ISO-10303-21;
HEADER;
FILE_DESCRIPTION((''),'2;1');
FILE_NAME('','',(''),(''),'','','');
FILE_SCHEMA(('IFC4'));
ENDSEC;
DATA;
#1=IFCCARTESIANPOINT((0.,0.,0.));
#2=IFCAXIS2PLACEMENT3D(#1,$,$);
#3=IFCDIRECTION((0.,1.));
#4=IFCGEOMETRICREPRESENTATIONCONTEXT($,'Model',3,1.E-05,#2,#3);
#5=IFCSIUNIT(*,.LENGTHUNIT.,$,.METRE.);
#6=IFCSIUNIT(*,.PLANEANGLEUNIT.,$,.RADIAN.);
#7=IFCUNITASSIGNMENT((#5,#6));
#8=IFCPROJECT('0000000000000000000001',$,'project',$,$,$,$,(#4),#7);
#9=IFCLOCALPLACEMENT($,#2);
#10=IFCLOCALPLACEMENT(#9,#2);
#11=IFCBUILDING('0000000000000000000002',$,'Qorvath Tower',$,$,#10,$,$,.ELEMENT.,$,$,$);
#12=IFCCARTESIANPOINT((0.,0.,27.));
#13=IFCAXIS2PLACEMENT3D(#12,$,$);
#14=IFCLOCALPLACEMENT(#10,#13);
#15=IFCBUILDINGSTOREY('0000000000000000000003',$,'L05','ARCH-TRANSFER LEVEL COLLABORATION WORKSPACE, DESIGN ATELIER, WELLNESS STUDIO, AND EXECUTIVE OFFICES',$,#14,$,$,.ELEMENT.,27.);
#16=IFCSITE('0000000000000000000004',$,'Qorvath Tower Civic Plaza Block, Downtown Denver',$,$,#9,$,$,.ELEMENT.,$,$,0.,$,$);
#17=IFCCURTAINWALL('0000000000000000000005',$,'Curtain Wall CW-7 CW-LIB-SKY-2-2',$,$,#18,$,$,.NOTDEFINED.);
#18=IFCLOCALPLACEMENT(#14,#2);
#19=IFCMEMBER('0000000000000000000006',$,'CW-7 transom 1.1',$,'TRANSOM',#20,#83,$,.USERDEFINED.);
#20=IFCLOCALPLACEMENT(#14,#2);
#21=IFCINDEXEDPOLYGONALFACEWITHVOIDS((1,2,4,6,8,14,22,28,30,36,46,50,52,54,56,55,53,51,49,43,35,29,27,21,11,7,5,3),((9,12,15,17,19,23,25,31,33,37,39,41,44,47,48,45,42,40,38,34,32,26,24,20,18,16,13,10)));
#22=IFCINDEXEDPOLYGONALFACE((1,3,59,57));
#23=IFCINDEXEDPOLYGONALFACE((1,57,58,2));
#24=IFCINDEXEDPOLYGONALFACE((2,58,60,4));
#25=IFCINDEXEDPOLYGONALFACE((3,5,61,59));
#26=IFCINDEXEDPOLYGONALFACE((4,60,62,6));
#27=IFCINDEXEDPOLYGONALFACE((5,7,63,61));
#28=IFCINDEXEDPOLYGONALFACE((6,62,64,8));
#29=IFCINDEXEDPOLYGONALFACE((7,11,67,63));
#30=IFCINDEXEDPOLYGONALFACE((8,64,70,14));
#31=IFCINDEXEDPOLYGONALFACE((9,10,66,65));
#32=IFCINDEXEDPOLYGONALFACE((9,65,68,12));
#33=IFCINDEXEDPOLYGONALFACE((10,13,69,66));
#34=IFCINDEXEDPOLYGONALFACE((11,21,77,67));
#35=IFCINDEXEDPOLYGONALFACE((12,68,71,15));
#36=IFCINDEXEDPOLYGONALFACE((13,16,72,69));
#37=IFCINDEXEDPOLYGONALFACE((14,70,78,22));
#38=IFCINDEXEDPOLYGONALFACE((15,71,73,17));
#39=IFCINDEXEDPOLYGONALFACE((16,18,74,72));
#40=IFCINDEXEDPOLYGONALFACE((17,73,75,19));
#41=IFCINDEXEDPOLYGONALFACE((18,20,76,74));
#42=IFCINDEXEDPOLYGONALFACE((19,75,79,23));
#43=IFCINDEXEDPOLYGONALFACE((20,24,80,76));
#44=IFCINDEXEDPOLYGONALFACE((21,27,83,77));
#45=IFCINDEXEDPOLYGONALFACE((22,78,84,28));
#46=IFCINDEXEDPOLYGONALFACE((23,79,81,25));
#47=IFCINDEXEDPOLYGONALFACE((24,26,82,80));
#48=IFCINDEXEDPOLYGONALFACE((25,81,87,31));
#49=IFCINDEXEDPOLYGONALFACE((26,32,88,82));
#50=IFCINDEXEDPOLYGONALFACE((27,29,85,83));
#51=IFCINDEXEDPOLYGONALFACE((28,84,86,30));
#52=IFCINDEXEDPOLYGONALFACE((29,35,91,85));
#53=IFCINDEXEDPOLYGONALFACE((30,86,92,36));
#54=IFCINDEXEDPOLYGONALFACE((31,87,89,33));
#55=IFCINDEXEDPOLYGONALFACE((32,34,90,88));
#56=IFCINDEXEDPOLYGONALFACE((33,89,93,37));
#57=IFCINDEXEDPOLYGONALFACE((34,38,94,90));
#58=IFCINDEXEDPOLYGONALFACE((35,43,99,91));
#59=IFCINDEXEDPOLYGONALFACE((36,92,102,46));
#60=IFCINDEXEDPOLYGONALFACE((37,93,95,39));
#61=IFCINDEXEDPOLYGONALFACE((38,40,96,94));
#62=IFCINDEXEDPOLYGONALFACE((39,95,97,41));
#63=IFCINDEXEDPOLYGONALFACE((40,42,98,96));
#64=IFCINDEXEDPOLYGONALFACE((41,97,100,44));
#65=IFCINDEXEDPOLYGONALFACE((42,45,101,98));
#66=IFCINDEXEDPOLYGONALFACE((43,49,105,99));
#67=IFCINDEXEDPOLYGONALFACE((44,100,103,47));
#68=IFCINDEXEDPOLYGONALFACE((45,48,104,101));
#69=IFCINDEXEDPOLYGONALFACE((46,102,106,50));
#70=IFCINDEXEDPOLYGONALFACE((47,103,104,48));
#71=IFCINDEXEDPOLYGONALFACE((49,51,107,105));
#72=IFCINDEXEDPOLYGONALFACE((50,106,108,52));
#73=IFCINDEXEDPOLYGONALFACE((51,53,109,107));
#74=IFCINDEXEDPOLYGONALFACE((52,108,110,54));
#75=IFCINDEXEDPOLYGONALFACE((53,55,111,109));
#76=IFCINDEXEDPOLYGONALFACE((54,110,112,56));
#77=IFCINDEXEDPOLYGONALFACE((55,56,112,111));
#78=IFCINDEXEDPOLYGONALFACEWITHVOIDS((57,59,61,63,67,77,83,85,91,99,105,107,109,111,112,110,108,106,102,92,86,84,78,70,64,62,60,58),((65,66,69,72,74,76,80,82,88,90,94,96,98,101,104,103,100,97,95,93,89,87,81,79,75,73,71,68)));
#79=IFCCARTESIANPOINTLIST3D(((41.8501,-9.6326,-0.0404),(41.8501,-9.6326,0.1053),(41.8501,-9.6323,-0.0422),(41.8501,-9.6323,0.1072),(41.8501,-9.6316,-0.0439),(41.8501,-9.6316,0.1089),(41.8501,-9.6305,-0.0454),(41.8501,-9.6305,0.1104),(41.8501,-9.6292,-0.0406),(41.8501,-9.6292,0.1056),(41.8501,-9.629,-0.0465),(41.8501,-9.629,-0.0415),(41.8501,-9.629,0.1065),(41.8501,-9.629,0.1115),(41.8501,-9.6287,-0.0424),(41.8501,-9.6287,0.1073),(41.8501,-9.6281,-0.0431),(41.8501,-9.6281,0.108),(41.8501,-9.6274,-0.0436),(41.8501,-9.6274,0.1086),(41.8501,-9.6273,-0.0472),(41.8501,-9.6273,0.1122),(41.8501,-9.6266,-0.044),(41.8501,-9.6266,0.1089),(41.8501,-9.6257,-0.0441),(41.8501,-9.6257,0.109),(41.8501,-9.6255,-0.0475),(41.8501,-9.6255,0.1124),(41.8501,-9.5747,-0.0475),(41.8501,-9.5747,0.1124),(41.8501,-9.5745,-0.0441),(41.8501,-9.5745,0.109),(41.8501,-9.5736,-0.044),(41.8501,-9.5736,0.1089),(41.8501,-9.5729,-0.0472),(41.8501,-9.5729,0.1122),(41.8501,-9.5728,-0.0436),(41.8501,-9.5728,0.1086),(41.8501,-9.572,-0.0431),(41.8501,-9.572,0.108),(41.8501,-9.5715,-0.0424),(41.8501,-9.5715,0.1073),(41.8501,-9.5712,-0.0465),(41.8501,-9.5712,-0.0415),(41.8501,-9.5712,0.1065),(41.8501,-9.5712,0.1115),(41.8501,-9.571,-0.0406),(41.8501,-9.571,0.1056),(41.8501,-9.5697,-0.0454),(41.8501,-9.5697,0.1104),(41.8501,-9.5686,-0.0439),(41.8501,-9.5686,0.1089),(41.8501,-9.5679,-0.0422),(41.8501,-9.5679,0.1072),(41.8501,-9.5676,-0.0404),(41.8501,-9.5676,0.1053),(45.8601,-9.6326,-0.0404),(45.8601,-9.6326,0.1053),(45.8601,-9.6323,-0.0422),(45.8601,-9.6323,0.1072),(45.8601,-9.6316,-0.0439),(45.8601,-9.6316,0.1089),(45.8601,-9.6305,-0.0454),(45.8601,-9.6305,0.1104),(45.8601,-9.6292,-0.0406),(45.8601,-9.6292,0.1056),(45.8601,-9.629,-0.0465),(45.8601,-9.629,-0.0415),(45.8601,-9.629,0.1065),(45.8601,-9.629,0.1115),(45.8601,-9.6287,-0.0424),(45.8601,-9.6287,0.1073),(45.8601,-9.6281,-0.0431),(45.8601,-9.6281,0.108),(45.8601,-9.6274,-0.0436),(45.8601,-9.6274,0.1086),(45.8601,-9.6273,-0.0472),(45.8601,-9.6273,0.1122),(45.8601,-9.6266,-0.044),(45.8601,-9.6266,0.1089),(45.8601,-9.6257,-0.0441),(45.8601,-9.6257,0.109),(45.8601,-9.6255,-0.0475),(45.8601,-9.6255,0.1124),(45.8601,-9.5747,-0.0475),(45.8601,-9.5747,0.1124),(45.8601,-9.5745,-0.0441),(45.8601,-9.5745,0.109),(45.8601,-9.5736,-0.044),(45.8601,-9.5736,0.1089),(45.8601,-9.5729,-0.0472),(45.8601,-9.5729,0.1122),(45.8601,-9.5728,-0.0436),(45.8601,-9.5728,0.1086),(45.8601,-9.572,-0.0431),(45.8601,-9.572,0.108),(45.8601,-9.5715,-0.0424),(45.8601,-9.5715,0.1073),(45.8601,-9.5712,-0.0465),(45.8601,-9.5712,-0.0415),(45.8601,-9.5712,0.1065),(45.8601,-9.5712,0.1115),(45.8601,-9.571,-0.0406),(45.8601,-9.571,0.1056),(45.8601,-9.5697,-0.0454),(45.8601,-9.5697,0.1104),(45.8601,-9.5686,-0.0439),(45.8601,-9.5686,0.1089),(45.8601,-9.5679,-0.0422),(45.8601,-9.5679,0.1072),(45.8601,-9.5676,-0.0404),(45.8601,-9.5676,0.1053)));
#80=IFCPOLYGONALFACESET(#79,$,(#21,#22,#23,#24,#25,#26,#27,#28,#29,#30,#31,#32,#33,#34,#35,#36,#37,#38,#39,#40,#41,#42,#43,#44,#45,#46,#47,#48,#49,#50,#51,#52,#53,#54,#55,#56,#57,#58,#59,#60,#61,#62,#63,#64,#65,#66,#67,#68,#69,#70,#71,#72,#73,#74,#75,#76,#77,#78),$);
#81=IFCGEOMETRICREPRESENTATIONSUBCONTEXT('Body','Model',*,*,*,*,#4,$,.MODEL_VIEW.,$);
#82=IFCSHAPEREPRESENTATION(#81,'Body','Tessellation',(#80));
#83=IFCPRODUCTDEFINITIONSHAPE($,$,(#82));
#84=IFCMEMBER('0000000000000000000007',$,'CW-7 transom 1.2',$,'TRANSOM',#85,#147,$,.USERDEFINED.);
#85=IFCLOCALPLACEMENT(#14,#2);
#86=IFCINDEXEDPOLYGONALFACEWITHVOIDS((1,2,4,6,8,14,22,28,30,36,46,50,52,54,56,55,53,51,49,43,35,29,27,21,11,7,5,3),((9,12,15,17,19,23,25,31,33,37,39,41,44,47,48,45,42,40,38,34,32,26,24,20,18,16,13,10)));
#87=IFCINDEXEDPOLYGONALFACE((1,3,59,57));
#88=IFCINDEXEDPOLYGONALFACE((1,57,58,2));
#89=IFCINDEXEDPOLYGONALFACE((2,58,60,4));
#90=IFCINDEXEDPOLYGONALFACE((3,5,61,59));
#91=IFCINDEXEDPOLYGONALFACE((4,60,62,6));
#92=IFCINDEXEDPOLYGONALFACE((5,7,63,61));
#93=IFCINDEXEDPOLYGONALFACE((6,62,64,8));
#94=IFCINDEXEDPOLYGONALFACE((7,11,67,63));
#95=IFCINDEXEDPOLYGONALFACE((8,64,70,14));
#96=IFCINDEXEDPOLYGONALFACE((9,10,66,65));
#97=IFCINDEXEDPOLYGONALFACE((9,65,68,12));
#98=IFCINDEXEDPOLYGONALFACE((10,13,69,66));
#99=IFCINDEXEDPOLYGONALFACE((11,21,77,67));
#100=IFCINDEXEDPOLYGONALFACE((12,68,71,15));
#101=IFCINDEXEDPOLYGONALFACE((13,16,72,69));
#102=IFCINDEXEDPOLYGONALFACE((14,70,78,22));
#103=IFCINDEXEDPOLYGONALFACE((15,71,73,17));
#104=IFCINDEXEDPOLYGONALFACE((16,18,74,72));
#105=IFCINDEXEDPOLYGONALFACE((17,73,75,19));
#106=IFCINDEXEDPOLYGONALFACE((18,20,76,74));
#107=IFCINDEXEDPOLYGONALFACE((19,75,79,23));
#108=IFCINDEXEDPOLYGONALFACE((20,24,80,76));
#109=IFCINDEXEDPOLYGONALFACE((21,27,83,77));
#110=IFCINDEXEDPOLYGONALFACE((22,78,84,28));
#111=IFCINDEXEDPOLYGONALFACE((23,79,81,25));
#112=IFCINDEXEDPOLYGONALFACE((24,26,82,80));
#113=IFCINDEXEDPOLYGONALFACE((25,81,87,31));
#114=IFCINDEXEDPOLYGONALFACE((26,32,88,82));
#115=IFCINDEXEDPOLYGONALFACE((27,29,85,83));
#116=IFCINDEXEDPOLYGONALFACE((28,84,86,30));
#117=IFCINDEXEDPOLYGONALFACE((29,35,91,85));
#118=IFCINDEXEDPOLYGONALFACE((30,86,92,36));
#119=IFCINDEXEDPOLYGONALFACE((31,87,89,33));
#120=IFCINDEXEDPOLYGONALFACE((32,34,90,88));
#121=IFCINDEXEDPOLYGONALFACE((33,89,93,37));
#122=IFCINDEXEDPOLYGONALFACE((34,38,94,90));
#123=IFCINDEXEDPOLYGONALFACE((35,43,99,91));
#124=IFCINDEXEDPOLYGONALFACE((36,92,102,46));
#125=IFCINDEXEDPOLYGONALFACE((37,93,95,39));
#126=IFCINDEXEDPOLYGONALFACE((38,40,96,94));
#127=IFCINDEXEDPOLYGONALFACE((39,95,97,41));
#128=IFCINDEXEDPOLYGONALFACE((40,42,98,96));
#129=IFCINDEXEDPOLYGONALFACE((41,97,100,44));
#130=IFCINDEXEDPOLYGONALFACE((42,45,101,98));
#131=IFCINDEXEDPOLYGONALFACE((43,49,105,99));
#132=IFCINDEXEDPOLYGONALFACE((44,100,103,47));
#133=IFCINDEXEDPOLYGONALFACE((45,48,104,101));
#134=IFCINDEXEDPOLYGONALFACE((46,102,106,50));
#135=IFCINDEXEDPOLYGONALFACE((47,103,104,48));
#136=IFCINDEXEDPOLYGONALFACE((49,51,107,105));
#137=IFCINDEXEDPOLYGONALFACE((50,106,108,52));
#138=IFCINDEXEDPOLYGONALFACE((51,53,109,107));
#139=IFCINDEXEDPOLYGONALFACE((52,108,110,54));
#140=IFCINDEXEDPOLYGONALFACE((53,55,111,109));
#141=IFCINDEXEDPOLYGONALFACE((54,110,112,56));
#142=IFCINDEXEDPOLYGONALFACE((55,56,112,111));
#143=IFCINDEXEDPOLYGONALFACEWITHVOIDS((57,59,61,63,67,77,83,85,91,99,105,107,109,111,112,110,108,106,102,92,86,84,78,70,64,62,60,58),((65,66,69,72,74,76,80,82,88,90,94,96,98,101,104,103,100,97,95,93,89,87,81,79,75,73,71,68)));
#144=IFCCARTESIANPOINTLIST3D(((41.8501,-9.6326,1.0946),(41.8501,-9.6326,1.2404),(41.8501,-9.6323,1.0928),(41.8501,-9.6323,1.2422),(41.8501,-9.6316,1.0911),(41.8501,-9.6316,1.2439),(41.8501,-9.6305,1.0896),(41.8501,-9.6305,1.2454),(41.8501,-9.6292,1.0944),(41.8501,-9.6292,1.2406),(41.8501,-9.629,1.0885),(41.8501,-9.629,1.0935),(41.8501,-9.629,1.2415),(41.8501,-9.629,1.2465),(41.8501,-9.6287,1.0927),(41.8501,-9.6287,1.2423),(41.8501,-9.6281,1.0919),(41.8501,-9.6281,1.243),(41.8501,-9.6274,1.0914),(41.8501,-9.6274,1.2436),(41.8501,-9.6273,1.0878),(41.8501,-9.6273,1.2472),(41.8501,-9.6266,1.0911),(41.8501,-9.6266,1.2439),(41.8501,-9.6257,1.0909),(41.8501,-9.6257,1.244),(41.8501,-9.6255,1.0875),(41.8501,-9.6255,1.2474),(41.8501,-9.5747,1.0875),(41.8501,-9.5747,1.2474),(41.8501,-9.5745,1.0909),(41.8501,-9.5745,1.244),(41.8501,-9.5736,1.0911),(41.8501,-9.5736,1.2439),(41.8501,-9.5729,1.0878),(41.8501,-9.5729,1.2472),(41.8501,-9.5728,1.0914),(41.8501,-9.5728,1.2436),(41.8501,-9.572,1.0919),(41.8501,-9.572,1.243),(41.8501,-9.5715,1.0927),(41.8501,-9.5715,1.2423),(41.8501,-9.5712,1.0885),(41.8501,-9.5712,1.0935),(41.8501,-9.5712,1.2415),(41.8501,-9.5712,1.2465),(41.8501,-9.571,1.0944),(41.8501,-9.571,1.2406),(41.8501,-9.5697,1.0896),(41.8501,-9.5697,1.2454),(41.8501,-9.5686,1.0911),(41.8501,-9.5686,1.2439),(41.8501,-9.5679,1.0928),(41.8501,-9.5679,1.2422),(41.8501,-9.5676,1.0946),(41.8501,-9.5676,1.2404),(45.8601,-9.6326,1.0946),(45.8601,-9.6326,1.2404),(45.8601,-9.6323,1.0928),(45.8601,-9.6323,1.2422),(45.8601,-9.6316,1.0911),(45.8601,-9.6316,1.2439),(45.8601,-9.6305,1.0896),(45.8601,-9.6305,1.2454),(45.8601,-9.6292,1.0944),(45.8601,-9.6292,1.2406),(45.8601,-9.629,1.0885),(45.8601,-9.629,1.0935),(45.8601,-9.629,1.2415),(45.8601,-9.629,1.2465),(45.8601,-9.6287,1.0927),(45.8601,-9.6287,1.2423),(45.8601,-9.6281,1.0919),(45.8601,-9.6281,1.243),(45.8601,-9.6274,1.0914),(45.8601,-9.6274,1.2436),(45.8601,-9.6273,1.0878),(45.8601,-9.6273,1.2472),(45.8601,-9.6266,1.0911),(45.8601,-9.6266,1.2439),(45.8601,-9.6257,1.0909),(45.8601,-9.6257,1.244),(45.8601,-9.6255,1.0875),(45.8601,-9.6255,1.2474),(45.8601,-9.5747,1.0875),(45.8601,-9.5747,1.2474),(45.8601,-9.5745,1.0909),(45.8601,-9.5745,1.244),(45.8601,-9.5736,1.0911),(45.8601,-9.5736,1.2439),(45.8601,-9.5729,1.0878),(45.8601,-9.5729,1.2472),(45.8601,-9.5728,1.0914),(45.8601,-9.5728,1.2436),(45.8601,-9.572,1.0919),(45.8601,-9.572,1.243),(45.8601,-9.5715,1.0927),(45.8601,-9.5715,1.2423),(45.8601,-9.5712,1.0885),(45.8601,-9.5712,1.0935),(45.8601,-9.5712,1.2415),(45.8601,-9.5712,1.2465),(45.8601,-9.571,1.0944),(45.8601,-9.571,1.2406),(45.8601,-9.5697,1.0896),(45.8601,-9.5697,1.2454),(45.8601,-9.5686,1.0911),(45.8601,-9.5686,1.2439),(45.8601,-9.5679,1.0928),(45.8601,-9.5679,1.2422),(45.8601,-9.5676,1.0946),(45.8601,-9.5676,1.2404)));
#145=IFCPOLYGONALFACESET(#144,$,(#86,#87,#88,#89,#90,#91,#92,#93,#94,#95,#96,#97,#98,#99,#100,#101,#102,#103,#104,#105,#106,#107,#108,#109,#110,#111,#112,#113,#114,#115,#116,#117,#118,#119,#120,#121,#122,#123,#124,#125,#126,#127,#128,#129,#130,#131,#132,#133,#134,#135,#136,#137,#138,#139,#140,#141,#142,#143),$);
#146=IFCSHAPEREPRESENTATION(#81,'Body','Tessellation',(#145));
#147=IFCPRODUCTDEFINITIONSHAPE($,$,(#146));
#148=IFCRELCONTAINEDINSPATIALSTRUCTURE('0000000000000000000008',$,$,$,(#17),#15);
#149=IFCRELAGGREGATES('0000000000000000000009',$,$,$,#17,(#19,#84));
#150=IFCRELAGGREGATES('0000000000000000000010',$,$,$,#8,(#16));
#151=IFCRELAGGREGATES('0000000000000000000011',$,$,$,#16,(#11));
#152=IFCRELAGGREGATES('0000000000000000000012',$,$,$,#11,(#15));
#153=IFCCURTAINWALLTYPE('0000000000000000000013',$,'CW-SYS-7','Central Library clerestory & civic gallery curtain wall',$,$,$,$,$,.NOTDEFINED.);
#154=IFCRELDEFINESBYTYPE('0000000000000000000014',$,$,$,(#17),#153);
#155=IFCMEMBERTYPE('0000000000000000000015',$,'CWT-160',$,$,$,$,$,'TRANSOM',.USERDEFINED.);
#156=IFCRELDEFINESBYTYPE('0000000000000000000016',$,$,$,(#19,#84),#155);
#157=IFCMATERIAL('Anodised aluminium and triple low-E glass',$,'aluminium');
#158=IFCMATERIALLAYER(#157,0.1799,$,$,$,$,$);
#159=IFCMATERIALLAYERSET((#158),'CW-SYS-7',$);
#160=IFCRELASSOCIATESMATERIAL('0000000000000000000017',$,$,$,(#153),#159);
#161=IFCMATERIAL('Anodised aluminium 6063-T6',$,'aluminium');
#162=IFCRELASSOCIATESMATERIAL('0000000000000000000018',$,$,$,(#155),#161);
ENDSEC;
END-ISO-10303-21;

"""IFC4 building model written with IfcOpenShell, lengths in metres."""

from ifc_helpers import new_model, si_unit, direction, frame, origin, origin_2d, place, context, subcontext, project, spatial, hollow_rectangle, extrude, material, layer, layer_set, material_profile, profile_set, type_object, element, aggregate, save


model = new_model("IFC4")

# Units and contexts
model_context = context("Model", 3, precision=1e-05, world=origin(), true_north=direction((0.0, 1.0)))
body_context = subcontext(model_context, "Body", "Model", "MODEL_VIEW")
ifc_project = project(units=[si_unit("LENGTHUNIT", "METRE"), si_unit("PLANEANGLEUNIT", "RADIAN")], contexts=[model_context])

# Site, building, storey
site_placement = place(None, origin())
site = spatial("IfcSite", under=ifc_project, at=site_placement, Name="Qorvath Tower Civic Plaza Block, Downtown Denver", CompositionType="ELEMENT", RefElevation=0.0)
building_placement = place(site_placement, origin())
building = spatial("IfcBuilding", under=site, at=building_placement, Name="Qorvath Tower", CompositionType="ELEMENT")
storey_placement = place(building_placement, frame((0.0, 0.0, 27.0)))
storey = spatial("IfcBuildingStorey", under=building, at=storey_placement, Name="L05", Description="ARCH-TRANSFER LEVEL COLLABORATION WORKSPACE, DESIGN ATELIER, WELLNESS STUDIO, AND EXECUTIVE OFFICES", CompositionType="ELEMENT", Elevation=27.0)

# Curtain wall
ifc_material_1 = material(Name="Anodised aluminium and triple low-E glass", Category="aluminium")
ifc_layer_1 = layer(ifc_material_1, 0.1799)
ifc_layer_set_1 = layer_set([ifc_layer_1], Name="CW-SYS-7")
curtain_wall_type = type_object("IfcCurtainWallType", Name="CW-SYS-7", Description="Central Library clerestory & civic gallery curtain wall", PredefinedType="NOTDEFINED", material=ifc_layer_set_1)
curtain_wall_1_placement = place(storey_placement, origin())
curtain_wall_1 = element("IfcCurtainWall", 1, at=curtain_wall_1_placement, inside=storey, type_object=curtain_wall_type, Name="Curtain Wall CW-7 CW-LIB-SKY-2-2", PredefinedType="NOTDEFINED")

# Members
ifc_material_2 = material(Name="Anodised aluminium 6063-T6", Category="aluminium")
ifc_material_profile_1 = material_profile(ifc_material_2, hollow_rectangle(XDim=0.0649, YDim=0.1599, WallThickness=0.0034, InnerFilletRadius=0.0034, OuterFilletRadius=0.0071, at=origin_2d()), Name="CWT 160x65")
ifc_profile_set_1 = profile_set([ifc_material_profile_1], Name="Anodised aluminium 6063-T6")
member_type_1 = type_object("IfcMemberType", Name="CWT-160", ElementType="TRANSOM", PredefinedType="USERDEFINED", material=ifc_profile_set_1)
member_1_placement = place(storey_placement, frame((41.8501, -9.6001, 0.0325), z_axis=(1.0, 0.0, 0.0), x_axis=(0.0, 1.0, 0.0)))
member_1 = element("IfcMember", 2, at=member_1_placement, type_object=member_type_1, Name="CW-7 transom 1.1", ObjectType="TRANSOM", PredefinedType="USERDEFINED", context=body_context, shape_type="SweptSolid", body=[
    extrude(hollow_rectangle(XDim=0.0649, YDim=0.1599, WallThickness=0.0034, InnerFilletRadius=0.0034, OuterFilletRadius=0.0071, at=origin_2d()), origin(), (0.0, 0.0, 1.0), 4.01),
])
member_2_placement = place(storey_placement, frame((41.8501, -9.6001, 1.1675), z_axis=(1.0, 0.0, 0.0), x_axis=(0.0, 1.0, 0.0)))
member_2 = element("IfcMember", 3, at=member_2_placement, type_object=member_type_1, Name="CW-7 transom 1.2", ObjectType="TRANSOM", PredefinedType="USERDEFINED", context=body_context, shape_type="SweptSolid", body=[
    extrude(hollow_rectangle(XDim=0.0649, YDim=0.1599, WallThickness=0.0034, InnerFilletRadius=0.0034, OuterFilletRadius=0.0071, at=origin_2d()), origin(), (0.0, 0.0, 1.0), 4.01),
])

aggregate(curtain_wall_1, [member_1, member_2])

save(model, "model.ifc")
